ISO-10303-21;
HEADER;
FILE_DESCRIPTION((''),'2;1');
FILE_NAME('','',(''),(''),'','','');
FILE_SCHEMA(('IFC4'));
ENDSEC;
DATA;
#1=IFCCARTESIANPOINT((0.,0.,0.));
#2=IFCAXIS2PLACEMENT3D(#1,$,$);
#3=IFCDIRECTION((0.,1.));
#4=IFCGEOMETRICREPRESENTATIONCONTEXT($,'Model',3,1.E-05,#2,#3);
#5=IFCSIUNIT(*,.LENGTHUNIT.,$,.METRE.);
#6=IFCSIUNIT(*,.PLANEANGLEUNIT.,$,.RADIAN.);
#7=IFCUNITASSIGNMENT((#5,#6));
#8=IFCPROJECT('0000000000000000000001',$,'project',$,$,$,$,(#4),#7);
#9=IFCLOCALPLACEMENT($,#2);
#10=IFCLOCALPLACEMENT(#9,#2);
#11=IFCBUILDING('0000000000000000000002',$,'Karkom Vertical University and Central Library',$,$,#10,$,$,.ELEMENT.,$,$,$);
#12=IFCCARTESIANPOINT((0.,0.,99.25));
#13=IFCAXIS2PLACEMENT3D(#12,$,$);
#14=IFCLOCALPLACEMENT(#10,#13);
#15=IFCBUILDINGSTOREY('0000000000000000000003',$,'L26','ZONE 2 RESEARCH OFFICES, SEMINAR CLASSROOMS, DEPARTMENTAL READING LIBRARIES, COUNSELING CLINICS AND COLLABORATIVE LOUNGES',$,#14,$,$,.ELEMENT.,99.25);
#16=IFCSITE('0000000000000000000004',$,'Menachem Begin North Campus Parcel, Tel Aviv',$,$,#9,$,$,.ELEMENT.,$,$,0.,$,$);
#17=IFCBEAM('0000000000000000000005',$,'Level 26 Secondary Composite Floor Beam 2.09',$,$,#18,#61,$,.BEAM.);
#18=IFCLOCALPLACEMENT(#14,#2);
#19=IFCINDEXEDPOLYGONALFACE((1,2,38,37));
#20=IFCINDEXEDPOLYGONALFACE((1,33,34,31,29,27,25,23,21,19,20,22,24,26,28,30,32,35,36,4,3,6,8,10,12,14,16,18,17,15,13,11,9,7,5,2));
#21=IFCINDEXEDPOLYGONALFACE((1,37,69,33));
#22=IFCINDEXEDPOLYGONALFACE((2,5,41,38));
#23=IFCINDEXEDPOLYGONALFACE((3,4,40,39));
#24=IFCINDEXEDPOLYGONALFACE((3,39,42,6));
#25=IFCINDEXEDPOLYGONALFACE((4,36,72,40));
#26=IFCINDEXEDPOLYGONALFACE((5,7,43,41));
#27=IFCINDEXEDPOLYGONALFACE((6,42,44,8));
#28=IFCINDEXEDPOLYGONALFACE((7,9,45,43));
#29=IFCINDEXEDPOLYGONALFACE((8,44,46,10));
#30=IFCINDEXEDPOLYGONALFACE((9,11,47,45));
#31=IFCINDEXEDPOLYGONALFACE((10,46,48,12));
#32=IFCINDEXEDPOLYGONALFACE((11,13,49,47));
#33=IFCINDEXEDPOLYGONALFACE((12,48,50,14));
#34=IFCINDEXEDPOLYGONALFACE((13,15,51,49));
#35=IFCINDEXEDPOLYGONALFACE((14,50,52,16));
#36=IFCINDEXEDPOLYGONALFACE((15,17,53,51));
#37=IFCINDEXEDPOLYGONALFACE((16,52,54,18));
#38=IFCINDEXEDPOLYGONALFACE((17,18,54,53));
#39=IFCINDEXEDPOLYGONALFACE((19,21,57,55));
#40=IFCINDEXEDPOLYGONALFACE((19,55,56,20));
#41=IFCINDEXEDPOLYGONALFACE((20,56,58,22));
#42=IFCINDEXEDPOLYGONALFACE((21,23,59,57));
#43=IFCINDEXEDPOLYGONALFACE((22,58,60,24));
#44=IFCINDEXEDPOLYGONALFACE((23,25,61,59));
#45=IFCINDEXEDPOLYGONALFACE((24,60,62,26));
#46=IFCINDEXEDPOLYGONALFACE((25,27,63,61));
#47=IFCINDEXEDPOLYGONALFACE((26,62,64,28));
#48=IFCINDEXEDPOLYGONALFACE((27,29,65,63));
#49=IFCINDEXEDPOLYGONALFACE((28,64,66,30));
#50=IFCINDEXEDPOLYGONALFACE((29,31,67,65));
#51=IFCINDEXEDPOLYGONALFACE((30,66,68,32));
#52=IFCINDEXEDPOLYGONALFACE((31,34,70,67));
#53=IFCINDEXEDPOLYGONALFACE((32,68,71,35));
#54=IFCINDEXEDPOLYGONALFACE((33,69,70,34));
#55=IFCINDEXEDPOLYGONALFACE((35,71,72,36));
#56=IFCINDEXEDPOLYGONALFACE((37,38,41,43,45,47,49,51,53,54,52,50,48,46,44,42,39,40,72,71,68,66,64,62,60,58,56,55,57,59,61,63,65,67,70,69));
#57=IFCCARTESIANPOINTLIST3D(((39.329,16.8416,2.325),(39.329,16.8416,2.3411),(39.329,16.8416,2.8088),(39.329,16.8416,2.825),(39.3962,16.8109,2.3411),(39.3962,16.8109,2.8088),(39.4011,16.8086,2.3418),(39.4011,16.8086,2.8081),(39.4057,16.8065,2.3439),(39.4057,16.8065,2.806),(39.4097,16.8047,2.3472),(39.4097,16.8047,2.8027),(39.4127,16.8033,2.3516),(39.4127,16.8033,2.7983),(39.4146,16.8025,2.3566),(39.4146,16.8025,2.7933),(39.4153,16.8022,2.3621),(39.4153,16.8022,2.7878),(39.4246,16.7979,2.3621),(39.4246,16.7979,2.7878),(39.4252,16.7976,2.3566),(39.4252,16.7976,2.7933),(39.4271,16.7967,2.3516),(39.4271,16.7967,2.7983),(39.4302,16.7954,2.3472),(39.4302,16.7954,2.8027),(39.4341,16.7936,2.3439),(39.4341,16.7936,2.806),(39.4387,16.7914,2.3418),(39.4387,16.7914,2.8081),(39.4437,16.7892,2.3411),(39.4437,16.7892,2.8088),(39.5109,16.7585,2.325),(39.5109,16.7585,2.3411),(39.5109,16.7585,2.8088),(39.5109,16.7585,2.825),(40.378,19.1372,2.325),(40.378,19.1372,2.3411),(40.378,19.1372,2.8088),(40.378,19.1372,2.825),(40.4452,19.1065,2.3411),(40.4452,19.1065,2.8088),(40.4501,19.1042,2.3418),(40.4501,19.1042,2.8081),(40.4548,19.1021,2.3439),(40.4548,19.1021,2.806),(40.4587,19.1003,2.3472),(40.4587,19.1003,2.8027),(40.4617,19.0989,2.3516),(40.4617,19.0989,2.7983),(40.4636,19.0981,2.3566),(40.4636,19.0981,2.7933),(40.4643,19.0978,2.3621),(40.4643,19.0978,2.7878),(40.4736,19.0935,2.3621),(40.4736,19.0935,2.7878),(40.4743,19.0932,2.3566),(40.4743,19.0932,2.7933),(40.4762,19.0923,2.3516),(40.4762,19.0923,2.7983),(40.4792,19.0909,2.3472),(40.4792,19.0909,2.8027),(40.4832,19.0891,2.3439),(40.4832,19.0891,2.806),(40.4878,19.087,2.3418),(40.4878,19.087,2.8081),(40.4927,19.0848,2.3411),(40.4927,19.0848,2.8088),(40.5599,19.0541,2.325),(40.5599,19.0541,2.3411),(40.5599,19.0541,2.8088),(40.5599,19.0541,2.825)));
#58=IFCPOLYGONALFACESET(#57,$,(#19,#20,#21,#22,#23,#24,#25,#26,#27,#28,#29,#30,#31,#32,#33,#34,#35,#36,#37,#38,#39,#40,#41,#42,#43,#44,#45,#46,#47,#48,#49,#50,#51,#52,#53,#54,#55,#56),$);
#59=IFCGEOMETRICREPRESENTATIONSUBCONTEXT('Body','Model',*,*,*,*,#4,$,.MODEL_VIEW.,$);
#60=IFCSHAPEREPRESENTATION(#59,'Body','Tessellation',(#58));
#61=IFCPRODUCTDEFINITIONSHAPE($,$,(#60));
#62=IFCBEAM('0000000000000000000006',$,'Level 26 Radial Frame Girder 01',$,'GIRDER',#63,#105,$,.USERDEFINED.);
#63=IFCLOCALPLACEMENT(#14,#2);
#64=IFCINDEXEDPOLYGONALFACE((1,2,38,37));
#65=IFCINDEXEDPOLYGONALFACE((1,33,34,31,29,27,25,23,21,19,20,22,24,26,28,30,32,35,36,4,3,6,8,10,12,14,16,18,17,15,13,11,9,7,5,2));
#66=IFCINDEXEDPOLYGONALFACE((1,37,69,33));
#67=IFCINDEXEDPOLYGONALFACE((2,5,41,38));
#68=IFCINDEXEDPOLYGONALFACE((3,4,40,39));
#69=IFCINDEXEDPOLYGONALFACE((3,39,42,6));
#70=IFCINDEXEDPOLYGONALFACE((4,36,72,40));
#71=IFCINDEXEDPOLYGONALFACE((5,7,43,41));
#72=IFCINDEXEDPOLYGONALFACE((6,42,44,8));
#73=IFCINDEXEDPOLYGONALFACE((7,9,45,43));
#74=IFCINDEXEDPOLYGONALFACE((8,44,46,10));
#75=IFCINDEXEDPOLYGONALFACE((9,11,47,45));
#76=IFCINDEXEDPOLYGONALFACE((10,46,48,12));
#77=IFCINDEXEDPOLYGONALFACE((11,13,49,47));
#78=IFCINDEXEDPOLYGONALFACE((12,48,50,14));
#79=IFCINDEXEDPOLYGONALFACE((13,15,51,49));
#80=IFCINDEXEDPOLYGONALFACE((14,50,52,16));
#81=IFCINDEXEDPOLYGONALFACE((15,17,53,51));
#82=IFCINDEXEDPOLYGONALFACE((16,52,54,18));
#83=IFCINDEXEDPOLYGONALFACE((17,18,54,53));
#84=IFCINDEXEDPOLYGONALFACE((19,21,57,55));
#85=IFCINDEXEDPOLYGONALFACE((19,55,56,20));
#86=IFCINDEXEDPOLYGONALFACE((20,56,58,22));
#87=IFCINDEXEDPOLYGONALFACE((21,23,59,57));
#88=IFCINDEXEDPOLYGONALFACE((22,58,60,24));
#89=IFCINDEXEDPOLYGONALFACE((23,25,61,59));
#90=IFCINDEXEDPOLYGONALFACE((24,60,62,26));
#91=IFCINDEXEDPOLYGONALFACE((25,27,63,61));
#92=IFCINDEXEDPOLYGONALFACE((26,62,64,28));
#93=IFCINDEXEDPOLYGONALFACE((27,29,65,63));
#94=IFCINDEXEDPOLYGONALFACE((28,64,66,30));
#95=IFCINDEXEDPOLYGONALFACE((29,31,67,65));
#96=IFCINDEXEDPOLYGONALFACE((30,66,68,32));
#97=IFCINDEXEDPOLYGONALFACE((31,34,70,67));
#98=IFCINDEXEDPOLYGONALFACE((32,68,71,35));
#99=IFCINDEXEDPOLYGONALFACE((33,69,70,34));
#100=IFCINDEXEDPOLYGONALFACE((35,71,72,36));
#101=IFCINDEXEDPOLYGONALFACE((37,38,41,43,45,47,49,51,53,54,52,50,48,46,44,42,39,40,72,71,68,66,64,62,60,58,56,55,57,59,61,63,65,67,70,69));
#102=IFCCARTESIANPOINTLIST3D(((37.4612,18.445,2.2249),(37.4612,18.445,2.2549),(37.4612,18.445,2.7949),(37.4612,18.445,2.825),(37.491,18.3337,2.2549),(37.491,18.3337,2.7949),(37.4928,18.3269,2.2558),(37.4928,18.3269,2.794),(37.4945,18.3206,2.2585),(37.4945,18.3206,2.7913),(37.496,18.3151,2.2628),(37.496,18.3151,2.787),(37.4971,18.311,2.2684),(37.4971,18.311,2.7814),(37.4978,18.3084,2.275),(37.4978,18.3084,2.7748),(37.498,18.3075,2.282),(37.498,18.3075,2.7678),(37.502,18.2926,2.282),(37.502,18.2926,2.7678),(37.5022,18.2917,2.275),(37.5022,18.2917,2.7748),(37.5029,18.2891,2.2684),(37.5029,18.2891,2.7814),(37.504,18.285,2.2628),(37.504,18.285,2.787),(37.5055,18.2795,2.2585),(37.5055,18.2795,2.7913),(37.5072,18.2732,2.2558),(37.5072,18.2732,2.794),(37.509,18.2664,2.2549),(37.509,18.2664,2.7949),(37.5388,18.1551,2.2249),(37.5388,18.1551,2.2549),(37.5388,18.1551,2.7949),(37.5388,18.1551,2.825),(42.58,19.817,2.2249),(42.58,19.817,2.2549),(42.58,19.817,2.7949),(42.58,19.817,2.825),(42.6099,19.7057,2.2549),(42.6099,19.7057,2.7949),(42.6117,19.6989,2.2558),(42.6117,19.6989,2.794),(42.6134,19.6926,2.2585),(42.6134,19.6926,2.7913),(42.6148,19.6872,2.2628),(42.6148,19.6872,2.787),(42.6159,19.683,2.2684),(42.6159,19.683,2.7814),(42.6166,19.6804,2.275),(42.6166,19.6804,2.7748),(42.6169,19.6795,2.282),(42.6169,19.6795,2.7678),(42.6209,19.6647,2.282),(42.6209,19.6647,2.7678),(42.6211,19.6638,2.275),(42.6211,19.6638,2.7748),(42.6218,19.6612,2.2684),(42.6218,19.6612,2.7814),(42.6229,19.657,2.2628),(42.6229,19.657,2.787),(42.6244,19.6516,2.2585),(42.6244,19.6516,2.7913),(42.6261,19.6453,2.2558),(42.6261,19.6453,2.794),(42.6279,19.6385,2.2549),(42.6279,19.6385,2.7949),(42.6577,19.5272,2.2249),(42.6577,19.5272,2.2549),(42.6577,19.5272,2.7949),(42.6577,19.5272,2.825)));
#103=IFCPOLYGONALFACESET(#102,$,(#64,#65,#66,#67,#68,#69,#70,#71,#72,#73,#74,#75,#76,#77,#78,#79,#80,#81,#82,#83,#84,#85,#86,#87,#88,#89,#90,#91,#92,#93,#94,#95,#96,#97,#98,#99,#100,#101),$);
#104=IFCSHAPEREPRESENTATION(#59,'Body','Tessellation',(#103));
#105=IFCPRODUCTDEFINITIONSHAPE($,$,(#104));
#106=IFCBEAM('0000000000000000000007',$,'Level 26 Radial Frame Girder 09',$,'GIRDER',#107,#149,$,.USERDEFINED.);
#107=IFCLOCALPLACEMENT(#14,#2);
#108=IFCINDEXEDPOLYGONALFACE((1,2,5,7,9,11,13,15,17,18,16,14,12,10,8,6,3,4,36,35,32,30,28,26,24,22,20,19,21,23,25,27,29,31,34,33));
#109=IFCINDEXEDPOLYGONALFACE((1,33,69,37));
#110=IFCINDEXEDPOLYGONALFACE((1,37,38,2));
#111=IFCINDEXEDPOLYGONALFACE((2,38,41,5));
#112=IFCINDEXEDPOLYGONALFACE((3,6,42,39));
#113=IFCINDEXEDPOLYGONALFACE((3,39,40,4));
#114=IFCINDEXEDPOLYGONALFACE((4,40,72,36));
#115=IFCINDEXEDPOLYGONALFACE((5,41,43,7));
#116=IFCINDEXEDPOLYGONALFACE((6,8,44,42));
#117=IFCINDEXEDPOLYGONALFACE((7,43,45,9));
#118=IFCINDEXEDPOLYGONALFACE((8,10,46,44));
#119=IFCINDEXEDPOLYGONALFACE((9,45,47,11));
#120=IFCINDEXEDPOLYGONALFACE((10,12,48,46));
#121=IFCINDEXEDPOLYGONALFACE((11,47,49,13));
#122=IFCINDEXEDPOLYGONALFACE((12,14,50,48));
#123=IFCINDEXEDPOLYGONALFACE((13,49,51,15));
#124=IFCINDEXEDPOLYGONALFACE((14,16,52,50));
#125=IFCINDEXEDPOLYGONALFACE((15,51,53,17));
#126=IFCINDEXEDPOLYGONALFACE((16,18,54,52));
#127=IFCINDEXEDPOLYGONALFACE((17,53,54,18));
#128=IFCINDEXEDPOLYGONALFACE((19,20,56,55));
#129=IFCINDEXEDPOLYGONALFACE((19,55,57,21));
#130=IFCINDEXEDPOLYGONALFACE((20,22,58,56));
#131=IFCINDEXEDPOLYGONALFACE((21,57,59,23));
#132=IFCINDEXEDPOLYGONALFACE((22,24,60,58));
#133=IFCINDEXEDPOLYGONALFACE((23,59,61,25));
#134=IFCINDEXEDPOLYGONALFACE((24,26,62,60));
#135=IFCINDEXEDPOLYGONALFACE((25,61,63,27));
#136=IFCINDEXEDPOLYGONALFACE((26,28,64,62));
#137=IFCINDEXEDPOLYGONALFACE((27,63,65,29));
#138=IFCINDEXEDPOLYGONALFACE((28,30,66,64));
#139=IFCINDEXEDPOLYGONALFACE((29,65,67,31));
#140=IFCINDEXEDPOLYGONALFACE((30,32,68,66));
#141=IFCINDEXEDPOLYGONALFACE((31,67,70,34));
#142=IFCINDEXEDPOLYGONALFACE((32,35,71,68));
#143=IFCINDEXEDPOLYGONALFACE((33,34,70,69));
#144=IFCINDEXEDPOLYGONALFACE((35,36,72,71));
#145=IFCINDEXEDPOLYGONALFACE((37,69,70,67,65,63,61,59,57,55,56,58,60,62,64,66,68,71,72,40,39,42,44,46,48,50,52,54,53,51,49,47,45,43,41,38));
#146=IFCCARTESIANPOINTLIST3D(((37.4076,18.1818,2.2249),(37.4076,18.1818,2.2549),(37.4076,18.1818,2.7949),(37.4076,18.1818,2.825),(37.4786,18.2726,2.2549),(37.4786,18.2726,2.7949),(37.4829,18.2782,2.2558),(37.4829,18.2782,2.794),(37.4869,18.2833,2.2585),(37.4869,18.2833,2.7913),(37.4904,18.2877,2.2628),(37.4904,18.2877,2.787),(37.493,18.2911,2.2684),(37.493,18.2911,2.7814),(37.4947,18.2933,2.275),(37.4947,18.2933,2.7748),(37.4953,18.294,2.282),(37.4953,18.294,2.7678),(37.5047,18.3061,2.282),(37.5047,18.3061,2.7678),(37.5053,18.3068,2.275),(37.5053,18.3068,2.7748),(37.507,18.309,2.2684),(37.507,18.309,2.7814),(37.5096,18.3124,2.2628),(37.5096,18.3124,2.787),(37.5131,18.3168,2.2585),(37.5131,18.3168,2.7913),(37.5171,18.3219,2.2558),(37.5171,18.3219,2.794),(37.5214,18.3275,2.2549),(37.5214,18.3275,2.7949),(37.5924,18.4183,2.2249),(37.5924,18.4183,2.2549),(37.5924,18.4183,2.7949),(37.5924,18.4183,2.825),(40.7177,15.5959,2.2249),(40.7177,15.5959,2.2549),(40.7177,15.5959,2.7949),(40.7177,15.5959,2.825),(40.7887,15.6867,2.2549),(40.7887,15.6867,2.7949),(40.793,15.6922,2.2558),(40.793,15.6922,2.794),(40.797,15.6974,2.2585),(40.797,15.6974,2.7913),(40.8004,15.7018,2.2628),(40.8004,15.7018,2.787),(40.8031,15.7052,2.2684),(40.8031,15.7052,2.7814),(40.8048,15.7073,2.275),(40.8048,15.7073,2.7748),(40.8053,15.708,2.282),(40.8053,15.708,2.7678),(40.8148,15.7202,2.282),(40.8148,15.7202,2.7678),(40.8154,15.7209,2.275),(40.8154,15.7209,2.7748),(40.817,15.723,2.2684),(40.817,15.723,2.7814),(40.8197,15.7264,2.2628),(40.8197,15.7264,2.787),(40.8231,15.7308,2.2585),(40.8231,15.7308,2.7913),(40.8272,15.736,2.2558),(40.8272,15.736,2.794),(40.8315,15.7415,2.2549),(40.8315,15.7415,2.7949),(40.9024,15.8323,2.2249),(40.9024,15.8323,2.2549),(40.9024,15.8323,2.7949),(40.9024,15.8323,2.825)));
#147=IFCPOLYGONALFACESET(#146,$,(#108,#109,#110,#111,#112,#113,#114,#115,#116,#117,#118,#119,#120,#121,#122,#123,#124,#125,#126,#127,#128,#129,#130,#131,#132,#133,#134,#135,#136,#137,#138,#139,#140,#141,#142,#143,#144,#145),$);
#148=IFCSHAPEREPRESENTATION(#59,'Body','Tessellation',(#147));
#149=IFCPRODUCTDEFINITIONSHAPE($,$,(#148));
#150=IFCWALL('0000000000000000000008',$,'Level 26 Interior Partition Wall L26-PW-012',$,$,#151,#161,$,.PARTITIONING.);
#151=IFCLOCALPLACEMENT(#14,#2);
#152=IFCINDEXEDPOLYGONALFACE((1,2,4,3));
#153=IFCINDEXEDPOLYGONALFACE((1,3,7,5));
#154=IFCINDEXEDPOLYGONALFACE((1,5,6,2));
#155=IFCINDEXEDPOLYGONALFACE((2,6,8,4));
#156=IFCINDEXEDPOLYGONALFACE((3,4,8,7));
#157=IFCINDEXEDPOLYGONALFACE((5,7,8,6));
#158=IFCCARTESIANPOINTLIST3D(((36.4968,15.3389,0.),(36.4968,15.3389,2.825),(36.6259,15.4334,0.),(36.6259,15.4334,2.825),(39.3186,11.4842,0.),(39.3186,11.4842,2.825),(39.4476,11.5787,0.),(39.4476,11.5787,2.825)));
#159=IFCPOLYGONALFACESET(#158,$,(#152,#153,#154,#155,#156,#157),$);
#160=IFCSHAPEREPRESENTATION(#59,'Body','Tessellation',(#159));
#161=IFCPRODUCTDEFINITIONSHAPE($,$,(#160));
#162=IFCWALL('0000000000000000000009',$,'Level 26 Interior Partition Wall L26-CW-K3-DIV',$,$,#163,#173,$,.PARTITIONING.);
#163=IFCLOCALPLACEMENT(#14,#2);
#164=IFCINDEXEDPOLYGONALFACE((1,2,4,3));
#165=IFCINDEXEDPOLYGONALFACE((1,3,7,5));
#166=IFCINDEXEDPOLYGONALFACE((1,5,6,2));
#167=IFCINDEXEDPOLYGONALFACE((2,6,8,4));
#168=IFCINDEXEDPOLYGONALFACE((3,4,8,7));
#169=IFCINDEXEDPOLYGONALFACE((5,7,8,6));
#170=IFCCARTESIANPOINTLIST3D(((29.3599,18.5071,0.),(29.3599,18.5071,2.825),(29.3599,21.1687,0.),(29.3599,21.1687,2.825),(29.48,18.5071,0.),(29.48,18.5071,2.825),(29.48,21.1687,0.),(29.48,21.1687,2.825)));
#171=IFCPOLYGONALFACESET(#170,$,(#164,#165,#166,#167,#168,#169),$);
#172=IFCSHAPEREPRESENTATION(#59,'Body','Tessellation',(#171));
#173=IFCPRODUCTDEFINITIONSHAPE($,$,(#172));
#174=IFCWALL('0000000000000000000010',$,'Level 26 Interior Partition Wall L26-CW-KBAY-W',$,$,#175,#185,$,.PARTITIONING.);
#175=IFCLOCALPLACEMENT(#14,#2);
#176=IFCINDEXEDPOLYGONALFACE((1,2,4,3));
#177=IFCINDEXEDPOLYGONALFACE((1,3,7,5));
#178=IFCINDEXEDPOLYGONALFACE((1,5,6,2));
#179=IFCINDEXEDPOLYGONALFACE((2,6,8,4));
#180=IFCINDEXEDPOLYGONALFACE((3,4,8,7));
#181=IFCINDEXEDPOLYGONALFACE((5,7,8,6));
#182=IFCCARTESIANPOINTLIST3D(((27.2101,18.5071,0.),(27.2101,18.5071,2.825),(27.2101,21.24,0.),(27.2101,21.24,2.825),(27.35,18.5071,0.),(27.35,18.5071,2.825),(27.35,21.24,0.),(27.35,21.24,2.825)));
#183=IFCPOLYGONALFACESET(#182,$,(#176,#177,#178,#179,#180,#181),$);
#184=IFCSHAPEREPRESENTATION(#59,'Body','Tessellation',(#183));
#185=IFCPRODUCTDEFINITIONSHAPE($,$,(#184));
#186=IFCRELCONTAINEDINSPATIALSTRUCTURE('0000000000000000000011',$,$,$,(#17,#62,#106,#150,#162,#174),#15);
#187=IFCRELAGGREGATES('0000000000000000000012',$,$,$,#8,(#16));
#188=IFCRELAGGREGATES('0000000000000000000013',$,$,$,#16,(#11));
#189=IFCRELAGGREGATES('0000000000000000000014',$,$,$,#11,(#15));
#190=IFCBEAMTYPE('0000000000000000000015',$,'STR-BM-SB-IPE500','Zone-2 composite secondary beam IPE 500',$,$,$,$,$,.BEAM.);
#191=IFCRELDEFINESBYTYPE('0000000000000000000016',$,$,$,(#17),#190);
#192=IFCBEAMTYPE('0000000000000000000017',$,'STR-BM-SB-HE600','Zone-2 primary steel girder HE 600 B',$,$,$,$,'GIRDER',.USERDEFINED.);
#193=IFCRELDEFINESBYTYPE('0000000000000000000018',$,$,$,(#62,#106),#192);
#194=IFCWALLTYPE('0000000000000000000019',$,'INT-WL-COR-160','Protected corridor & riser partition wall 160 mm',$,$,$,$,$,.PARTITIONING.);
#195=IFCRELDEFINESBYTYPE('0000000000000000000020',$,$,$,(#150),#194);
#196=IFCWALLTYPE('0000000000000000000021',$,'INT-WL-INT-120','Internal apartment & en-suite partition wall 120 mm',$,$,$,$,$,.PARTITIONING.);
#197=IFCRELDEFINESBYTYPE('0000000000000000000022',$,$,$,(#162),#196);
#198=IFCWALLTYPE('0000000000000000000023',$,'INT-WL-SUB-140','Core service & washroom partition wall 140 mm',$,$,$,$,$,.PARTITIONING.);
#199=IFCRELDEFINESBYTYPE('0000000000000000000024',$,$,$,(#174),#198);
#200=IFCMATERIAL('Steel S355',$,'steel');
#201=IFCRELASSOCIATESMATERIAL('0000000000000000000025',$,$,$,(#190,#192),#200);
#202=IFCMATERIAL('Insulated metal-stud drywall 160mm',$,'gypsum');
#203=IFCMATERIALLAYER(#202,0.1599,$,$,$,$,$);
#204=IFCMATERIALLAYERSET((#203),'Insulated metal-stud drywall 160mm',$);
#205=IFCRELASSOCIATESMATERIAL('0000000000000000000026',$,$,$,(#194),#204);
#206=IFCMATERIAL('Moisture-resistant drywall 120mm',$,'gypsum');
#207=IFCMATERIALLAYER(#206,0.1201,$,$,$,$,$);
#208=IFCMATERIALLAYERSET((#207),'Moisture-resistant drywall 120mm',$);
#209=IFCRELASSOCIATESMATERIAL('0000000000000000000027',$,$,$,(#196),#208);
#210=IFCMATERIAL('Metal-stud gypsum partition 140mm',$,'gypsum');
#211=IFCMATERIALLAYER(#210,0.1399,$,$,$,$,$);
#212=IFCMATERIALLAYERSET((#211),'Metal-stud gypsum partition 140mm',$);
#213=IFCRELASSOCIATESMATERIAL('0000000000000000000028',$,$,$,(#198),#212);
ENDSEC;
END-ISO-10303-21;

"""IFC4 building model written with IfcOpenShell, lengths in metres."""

from ifc_helpers import new_model, si_unit, direction, frame, frame_2d, origin, origin_with_axes, origin_2d, place, context, subcontext, project, spatial, rectangle, i_section, extrude, source, transform, mapped, material, layer, layer_set, material_profile, profile_set, type_object, element, save


model = new_model("IFC4")

# Units and contexts
model_context = context("Model", 3, precision=1e-05, world=origin(), true_north=direction((0.0, 1.0)))
body_context = subcontext(model_context, "Body", "Model", "MODEL_VIEW")
ifc_project = project(units=[si_unit("LENGTHUNIT", "METRE"), si_unit("PLANEANGLEUNIT", "RADIAN")], contexts=[model_context])

# Site, building, storey
site_placement = place(None, origin())
site = spatial("IfcSite", under=ifc_project, at=site_placement, Name="Menachem Begin North Campus Parcel, Tel Aviv", CompositionType="ELEMENT", RefElevation=0.0)
building_placement = place(site_placement, origin())
building = spatial("IfcBuilding", under=site, at=building_placement, Name="Karkom Vertical University and Central Library", CompositionType="ELEMENT")
storey_placement = place(building_placement, frame((0.0, 0.0, 99.25)))
storey = spatial("IfcBuildingStorey", under=building, at=storey_placement, Name="L26", Description="ZONE 2 RESEARCH OFFICES, SEMINAR CLASSROOMS, DEPARTMENTAL READING LIBRARIES, COUNSELING CLINICS AND COLLABORATIVE LOUNGES", CompositionType="ELEMENT", Elevation=99.25)

# Beams
ifc_material_1 = material(Name="Steel S355", Category="steel")
ifc_material_profile_1 = material_profile(ifc_material_1, i_section(OverallWidth=0.2, OverallDepth=0.5, WebThickness=0.0103, FlangeThickness=0.0161, FilletRadius=0.021, at=origin_2d()), Name="IPE 500")
ifc_profile_set_1 = profile_set([ifc_material_profile_1], Name="Steel S355")
beam_type_1 = type_object("IfcBeamType", Name="STR-BM-SB-IPE500", Description="Zone-2 composite secondary beam IPE 500", PredefinedType="BEAM", material=ifc_profile_set_1)
shared_shape_1 = source(origin_with_axes(), body_context, "Body", "SweptSolid", [
    extrude(i_section(OverallWidth=0.2, OverallDepth=0.5, WebThickness=0.0103, FlangeThickness=0.0161, FilletRadius=0.021, at=origin_2d()), origin(), (0.0, 0.0, 1.0), 2.5239),
])
beam_1_placement = place(storey_placement, frame((39.4199, 16.8, 2.575), z_axis=(0.415639, 0.90953, 0.0), x_axis=(-0.90953, 0.415639, 0.0)))
element("IfcBeam", 1, at=beam_1_placement, inside=storey, type_object=beam_type_1, Name="Level 26 Secondary Composite Floor Beam 2.09", PredefinedType="BEAM", context=body_context, shape_type="MappedRepresentation", body=[
    mapped(shared_shape_1, transform((0.0, 0.0, 0.0), scale=1.0)),
])
ifc_material_profile_2 = material_profile(ifc_material_1, i_section(OverallWidth=0.3, OverallDepth=0.6001, WebThickness=0.0154, FlangeThickness=0.03, FilletRadius=0.0271, at=origin_2d()), Name="HE 600 B")
ifc_profile_set_2 = profile_set([ifc_material_profile_2], Name="Steel S355")
beam_type_2 = type_object("IfcBeamType", Name="STR-BM-SB-HE600", Description="Zone-2 primary steel girder HE 600 B", ElementType="GIRDER", PredefinedType="USERDEFINED", material=ifc_profile_set_2)
shared_shape_2 = source(origin_with_axes(), body_context, "Body", "SweptSolid", [
    extrude(i_section(OverallWidth=0.3, OverallDepth=0.6001, WebThickness=0.0154, FlangeThickness=0.03, FilletRadius=0.0271, at=origin_2d()), origin(), (0.0, 0.0, 1.0), 5.2996),
])
beam_2_placement = place(storey_placement, frame((37.5, 18.3, 2.5249), z_axis=(0.965904, 0.258901, 0.0), x_axis=(-0.258901, 0.965904, 0.0)))
element("IfcBeam", 2, at=beam_2_placement, inside=storey, type_object=beam_type_2, Name="Level 26 Radial Frame Girder 01", ObjectType="GIRDER", PredefinedType="USERDEFINED", context=body_context, shape_type="MappedRepresentation", body=[
    mapped(shared_shape_2, transform((0.0, 0.0, 0.0), scale=1.0)),
])
shared_shape_3 = source(origin_with_axes(), body_context, "Body", "SweptSolid", [
    extrude(i_section(OverallWidth=0.3, OverallDepth=0.6001, WebThickness=0.0154, FlangeThickness=0.03, FilletRadius=0.0271, at=origin_2d()), origin(), (0.0, 0.0, 1.0), 4.2004),
])
beam_3_placement = place(storey_placement, frame((37.5, 18.3, 2.5249), z_axis=(0.78803, -0.615637, 0.0), x_axis=(0.615637, 0.78803, 0.0)))
element("IfcBeam", 3, at=beam_3_placement, inside=storey, type_object=beam_type_2, Name="Level 26 Radial Frame Girder 09", ObjectType="GIRDER", PredefinedType="USERDEFINED", context=body_context, shape_type="MappedRepresentation", body=[
    mapped(shared_shape_3, transform((0.0, 0.0, 0.0), scale=1.0)),
])

# Walls
ifc_material_2 = material(Name="Insulated metal-stud drywall 160mm", Category="gypsum")
ifc_layer_1 = layer(ifc_material_2, 0.1599)
ifc_layer_set_1 = layer_set([ifc_layer_1], Name="Insulated metal-stud drywall 160mm")
wall_type_1 = type_object("IfcWallType", Name="INT-WL-COR-160", Description="Protected corridor & riser partition wall 160 mm", PredefinedType="PARTITIONING", material=ifc_layer_set_1)
wall_1_placement = place(storey_placement, frame((36.5613, 15.3862, 0.0), z_axis=(0.0, 0.0, 1.0), x_axis=(0.590679, -0.806907, 0.0)))
element("IfcWall", 4, at=wall_1_placement, inside=storey, type_object=wall_type_1, Name="Level 26 Interior Partition Wall L26-PW-012", PredefinedType="PARTITIONING", context=body_context, shape_type="SweptSolid", body=[
    extrude(rectangle(XDim=4.7771, YDim=0.1599, at=frame_2d((2.3887, 0.0))), origin(), (0.0, 0.0, 1.0), 2.825),
])
ifc_material_3 = material(Name="Moisture-resistant drywall 120mm", Category="gypsum")
ifc_layer_2 = layer(ifc_material_3, 0.1201)
ifc_layer_set_2 = layer_set([ifc_layer_2], Name="Moisture-resistant drywall 120mm")
wall_type_2 = type_object("IfcWallType", Name="INT-WL-INT-120", Description="Internal apartment & en-suite partition wall 120 mm", PredefinedType="PARTITIONING", material=ifc_layer_set_2)
wall_2_placement = place(storey_placement, frame((29.4199, 18.5071, 0.0), z_axis=(0.0, 0.0, 1.0), x_axis=(0.0, 1.0, 0.0)))
element("IfcWall", 5, at=wall_2_placement, inside=storey, type_object=wall_type_2, Name="Level 26 Interior Partition Wall L26-CW-K3-DIV", PredefinedType="PARTITIONING", context=body_context, shape_type="SweptSolid", body=[
    extrude(rectangle(XDim=2.6616, YDim=0.1201, at=frame_2d((1.3308, 0.0))), origin(), (0.0, 0.0, 1.0), 2.825),
])
ifc_material_4 = material(Name="Metal-stud gypsum partition 140mm", Category="gypsum")
ifc_layer_3 = layer(ifc_material_4, 0.1399)
ifc_layer_set_3 = layer_set([ifc_layer_3], Name="Metal-stud gypsum partition 140mm")
wall_type_3 = type_object("IfcWallType", Name="INT-WL-SUB-140", Description="Core service & washroom partition wall 140 mm", PredefinedType="PARTITIONING", material=ifc_layer_set_3)
wall_3_placement = place(storey_placement, frame((27.28, 18.5071, 0.0), z_axis=(0.0, 0.0, 1.0), x_axis=(0.0, 1.0, 0.0)))
element("IfcWall", 6, at=wall_3_placement, inside=storey, type_object=wall_type_3, Name="Level 26 Interior Partition Wall L26-CW-KBAY-W", PredefinedType="PARTITIONING", context=body_context, shape_type="SweptSolid", body=[
    extrude(rectangle(XDim=2.7329, YDim=0.1399, at=frame_2d((1.3665, 0.0))), origin(), (0.0, 0.0, 1.0), 2.825),
])

save(model, "model.ifc")
